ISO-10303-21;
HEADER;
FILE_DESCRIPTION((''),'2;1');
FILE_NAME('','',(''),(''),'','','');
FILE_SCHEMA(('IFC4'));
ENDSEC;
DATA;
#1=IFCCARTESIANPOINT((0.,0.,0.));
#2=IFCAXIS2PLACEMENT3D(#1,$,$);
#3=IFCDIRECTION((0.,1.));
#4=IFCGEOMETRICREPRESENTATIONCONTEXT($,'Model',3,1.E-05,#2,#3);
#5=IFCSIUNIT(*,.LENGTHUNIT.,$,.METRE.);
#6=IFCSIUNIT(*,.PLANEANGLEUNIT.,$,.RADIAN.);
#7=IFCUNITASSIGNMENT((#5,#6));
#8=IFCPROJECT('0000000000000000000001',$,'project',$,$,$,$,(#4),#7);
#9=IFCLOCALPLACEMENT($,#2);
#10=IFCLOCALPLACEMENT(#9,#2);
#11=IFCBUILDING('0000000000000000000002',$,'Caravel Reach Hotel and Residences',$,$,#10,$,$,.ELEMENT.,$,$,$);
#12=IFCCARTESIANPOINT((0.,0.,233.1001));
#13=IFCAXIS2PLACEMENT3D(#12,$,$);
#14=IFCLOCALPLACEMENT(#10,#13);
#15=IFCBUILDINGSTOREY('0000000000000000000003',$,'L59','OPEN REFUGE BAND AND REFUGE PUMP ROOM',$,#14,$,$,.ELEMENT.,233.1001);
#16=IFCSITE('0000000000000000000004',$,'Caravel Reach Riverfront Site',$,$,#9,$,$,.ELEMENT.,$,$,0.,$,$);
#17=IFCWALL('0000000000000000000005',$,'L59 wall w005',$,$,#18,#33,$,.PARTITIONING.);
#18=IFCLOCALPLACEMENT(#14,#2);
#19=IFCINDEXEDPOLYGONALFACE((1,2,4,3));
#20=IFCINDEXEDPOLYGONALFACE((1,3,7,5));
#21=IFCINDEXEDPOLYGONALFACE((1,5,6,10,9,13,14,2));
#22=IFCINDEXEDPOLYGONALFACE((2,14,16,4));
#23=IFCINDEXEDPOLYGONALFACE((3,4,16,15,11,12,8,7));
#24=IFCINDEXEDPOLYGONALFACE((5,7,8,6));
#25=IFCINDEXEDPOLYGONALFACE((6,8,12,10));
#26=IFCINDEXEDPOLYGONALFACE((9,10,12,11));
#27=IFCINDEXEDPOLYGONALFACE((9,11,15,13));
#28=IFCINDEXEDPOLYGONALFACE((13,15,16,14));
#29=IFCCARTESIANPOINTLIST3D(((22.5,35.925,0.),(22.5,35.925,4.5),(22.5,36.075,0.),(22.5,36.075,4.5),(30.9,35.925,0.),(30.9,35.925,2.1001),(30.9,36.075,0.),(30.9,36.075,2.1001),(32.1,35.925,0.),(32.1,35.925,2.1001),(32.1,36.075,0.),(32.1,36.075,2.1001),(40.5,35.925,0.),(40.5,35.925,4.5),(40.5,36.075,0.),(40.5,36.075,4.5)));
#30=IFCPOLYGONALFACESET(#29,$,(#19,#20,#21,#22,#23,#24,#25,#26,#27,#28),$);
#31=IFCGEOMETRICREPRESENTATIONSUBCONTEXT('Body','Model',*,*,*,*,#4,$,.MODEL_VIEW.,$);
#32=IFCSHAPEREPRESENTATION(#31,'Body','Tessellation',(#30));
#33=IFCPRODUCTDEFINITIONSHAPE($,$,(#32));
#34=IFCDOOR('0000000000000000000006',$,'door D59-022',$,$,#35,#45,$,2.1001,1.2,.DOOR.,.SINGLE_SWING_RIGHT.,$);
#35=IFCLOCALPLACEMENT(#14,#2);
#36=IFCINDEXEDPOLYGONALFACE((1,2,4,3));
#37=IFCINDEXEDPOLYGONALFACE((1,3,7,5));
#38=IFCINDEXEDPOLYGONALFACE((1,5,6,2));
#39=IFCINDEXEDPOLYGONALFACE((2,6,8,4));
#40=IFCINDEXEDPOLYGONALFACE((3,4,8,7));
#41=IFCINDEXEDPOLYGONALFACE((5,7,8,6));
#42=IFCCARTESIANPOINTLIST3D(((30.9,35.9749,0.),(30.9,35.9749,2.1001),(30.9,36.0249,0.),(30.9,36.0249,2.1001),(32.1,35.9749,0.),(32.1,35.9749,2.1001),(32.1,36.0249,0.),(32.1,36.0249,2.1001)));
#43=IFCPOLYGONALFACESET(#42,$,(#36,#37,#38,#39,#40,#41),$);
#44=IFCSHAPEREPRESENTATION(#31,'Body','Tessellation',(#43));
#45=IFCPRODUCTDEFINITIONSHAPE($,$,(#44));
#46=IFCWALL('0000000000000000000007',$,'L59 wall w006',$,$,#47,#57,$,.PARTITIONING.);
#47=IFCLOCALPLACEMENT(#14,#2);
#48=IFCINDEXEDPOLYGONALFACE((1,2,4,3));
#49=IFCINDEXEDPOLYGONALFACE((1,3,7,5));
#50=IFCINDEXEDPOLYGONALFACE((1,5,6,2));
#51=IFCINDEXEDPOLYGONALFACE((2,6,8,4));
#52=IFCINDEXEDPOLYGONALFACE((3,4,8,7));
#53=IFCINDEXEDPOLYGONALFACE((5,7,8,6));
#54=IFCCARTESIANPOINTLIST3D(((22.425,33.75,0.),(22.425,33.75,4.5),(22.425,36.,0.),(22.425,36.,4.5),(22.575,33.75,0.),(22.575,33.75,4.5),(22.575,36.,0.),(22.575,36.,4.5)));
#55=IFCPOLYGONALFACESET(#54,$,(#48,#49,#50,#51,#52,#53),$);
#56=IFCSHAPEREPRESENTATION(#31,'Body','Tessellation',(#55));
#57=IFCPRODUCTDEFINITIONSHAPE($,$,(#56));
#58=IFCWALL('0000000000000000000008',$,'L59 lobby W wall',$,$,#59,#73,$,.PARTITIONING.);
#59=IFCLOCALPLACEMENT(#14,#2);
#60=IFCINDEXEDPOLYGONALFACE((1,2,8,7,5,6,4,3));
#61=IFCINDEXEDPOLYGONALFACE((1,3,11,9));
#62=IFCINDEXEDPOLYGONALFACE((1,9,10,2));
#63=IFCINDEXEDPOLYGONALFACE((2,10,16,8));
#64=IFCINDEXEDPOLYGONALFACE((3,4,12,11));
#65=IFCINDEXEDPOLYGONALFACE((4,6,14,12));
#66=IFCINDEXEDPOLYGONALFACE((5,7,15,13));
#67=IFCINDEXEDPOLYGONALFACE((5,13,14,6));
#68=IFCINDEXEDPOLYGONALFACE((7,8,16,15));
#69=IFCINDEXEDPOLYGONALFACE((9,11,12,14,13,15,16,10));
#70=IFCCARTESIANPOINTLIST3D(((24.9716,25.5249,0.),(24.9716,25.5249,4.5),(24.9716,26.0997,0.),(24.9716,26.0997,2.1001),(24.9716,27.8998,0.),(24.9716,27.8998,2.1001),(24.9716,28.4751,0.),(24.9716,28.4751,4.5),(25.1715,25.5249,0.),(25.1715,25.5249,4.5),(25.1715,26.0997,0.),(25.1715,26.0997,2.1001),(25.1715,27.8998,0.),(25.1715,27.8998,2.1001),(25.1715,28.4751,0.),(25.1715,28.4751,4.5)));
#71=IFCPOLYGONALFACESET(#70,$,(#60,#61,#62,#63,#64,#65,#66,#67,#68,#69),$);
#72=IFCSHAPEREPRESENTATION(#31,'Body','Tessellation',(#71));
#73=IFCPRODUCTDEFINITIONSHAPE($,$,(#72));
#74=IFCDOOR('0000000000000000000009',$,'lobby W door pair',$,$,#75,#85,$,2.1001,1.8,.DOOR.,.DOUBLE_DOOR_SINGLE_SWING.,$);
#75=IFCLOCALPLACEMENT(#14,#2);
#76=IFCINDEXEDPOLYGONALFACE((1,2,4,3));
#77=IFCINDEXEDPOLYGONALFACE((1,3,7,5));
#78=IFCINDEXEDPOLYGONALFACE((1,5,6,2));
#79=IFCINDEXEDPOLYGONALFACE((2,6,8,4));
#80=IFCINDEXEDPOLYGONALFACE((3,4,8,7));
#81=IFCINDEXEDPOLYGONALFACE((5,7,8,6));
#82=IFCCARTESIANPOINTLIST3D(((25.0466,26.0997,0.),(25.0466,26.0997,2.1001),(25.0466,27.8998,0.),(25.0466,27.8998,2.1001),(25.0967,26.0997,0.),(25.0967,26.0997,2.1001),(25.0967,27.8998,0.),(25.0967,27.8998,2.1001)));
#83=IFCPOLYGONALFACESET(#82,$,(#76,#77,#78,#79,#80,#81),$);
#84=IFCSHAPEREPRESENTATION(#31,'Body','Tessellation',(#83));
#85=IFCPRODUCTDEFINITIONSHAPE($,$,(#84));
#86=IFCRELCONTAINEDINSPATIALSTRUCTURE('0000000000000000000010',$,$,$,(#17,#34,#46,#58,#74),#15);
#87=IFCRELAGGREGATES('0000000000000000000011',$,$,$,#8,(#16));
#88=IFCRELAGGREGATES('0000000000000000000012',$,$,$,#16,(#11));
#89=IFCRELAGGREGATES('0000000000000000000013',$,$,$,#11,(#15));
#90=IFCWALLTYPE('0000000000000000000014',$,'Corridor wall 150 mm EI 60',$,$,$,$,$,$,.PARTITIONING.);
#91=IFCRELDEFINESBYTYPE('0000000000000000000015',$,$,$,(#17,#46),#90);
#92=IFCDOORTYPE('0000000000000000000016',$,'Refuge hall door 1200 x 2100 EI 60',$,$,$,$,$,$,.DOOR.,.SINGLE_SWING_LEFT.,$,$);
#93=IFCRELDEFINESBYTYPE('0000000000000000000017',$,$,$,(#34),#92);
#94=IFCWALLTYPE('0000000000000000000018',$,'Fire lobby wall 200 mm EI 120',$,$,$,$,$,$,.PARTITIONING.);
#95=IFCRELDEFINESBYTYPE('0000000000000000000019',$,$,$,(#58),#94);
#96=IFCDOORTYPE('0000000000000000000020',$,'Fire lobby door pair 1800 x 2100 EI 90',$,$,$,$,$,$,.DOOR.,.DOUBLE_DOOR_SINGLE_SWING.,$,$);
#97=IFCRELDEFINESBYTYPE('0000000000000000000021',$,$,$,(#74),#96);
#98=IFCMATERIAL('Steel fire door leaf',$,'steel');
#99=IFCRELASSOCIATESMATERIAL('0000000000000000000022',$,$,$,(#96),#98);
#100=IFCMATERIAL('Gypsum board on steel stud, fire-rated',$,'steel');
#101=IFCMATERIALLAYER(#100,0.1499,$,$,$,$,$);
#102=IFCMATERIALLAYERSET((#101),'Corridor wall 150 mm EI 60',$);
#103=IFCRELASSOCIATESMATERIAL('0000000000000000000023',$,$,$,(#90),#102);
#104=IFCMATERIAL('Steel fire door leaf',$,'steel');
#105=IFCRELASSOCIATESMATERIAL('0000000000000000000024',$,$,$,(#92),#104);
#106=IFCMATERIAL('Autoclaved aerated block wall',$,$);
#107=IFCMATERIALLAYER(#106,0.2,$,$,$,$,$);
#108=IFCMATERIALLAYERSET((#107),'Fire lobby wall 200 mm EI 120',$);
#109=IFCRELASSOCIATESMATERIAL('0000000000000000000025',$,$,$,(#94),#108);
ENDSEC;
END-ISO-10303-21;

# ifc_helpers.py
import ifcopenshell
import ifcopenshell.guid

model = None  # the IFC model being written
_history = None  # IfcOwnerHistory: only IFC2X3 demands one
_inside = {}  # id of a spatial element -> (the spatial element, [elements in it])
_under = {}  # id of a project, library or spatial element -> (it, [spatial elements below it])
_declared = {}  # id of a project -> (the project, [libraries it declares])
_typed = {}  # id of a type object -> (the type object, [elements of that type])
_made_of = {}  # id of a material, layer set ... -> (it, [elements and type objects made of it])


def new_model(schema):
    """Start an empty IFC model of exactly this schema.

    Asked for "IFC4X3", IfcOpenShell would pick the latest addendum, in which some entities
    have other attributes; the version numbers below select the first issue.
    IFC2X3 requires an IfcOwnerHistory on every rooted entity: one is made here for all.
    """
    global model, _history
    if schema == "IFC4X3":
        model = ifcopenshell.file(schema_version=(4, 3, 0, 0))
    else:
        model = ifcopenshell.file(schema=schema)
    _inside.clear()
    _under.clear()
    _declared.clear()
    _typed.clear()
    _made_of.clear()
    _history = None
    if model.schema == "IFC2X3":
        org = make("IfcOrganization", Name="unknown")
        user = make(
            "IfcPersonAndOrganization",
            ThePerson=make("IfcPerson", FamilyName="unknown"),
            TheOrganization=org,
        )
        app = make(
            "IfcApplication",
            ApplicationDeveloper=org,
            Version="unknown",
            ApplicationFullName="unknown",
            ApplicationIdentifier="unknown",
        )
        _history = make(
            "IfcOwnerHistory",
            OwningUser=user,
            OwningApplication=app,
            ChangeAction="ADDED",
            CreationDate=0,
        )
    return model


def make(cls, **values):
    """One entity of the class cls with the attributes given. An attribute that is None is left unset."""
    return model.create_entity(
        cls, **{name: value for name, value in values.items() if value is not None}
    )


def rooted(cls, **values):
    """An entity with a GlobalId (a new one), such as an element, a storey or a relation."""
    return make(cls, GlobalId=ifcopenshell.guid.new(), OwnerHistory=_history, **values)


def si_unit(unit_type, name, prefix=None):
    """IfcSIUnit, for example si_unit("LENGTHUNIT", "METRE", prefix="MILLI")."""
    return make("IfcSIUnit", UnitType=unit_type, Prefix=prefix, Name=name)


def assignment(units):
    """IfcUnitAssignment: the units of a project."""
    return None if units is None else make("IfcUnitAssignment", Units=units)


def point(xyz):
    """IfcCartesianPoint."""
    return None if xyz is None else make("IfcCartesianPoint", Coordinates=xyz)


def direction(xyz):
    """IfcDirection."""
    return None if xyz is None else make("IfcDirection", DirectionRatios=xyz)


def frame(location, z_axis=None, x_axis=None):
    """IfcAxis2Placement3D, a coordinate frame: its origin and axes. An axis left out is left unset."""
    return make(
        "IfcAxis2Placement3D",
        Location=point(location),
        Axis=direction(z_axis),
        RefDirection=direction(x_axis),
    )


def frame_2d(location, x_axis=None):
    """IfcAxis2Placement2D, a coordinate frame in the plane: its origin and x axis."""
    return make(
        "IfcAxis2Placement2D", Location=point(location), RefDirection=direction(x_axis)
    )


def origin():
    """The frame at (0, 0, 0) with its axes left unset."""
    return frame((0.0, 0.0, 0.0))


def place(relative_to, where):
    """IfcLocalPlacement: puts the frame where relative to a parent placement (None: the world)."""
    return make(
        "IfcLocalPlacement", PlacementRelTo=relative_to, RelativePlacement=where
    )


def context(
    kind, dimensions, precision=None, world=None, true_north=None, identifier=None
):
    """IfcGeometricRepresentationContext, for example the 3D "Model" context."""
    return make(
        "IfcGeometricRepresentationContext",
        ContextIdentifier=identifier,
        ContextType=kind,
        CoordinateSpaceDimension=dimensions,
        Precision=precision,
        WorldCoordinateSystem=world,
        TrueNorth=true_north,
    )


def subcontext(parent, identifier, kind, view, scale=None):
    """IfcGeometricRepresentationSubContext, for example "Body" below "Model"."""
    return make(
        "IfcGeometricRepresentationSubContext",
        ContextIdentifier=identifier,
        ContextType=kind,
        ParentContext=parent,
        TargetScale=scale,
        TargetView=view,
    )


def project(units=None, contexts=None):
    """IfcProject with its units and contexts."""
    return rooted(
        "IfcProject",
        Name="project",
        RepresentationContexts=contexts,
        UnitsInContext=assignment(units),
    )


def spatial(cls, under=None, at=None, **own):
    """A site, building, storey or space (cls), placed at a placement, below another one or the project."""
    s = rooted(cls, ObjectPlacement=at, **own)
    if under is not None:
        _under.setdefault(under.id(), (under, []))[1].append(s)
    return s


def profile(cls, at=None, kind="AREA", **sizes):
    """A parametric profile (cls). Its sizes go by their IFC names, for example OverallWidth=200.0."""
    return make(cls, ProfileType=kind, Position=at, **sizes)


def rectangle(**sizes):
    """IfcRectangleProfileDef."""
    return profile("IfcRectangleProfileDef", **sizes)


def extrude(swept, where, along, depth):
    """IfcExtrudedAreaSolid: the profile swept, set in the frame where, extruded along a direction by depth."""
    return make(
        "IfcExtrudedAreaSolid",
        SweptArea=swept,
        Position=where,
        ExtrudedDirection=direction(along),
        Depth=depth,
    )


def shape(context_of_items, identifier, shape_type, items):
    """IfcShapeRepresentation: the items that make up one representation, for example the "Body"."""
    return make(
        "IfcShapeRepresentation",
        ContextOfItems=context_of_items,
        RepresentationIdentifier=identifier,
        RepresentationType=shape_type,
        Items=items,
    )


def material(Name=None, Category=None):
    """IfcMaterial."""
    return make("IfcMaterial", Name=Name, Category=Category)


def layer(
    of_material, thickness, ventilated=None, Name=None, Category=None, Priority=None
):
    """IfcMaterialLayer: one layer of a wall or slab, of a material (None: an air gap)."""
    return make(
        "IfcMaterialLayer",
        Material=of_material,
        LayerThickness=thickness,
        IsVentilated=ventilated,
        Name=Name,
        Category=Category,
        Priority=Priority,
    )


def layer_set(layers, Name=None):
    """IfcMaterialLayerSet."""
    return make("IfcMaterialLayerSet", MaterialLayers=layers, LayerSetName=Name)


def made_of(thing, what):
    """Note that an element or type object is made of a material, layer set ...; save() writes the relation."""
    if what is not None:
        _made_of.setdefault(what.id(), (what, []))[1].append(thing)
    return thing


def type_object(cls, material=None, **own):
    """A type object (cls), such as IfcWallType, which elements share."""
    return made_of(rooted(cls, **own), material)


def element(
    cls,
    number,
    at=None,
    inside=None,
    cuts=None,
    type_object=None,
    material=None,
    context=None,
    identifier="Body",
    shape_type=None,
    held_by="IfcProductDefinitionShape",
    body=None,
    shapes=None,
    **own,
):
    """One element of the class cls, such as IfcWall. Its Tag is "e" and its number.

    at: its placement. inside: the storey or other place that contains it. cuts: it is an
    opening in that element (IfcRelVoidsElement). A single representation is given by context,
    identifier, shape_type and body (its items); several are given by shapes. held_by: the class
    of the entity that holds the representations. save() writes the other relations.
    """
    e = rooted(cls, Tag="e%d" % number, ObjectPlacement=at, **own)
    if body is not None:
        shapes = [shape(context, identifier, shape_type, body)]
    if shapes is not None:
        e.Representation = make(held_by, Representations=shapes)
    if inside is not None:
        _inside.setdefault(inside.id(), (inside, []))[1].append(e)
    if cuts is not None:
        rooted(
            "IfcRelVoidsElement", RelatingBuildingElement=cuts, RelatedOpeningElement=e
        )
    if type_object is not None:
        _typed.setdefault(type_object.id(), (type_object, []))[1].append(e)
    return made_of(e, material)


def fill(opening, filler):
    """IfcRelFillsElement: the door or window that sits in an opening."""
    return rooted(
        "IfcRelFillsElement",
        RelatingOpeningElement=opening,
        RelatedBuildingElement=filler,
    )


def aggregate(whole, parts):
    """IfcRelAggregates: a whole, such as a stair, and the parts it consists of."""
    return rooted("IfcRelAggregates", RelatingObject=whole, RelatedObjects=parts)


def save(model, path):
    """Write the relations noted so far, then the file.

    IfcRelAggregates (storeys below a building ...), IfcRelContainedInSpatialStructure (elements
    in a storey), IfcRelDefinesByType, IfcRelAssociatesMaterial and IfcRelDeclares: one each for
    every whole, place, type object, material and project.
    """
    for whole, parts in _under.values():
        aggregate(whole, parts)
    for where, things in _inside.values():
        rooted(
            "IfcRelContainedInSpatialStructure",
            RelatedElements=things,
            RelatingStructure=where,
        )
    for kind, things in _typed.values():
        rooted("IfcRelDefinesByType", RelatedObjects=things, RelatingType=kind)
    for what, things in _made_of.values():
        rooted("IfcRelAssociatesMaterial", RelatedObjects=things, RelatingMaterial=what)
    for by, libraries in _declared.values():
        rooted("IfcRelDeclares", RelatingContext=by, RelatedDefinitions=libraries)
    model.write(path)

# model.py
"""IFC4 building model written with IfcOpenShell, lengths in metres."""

from ifc_helpers import new_model, si_unit, direction, frame, frame_2d, origin, place, context, subcontext, project, spatial, rectangle, extrude, material, layer, layer_set, type_object, element, fill, save


model = new_model("IFC4")

# Units and contexts
model_context = context("Model", 3, precision=1e-05, world=origin(), true_north=direction((0.0, 1.0)))
body_context = subcontext(model_context, "Body", "Model", "MODEL_VIEW")
ifc_project = project(units=[si_unit("LENGTHUNIT", "METRE"), si_unit("PLANEANGLEUNIT", "RADIAN")], contexts=[model_context])

# Site, building, storey
site_placement = place(None, origin())
site = spatial("IfcSite", under=ifc_project, at=site_placement, Name="Caravel Reach Riverfront Site", CompositionType="ELEMENT", RefElevation=0.0)
building_placement = place(site_placement, origin())
building = spatial("IfcBuilding", under=site, at=building_placement, Name="Caravel Reach Hotel and Residences", CompositionType="ELEMENT")
storey_placement = place(building_placement, frame((0.0, 0.0, 233.1001)))
storey = spatial("IfcBuildingStorey", under=building, at=storey_placement, Name="L59", Description="OPEN REFUGE BAND AND REFUGE PUMP ROOM", CompositionType="ELEMENT", Elevation=233.1001)

# Shared definitions
ifc_material_1 = material(Name="Steel fire door leaf", Category="steel")
door_type_1 = type_object("IfcDoorType", Name="Fire lobby door pair 1800 x 2100 EI 90", OperationType="DOUBLE_DOOR_SINGLE_SWING", PredefinedType="DOOR", material=ifc_material_1)

# Wall, opening, door
ifc_material_2 = material(Name="Gypsum board on steel stud, fire-rated", Category="steel")
ifc_layer_1 = layer(ifc_material_2, 0.1499)
ifc_layer_set_1 = layer_set([ifc_layer_1], Name="Corridor wall 150 mm EI 60")
wall_type_1 = type_object("IfcWallType", Name="Corridor wall 150 mm EI 60", PredefinedType="PARTITIONING", material=ifc_layer_set_1)
wall_1_placement = place(storey_placement, frame((22.5, 36.0, 0.0), z_axis=(0.0, 0.0, 1.0), x_axis=(1.0, 0.0, 0.0)))
wall_1 = element("IfcWall", 1, at=wall_1_placement, inside=storey, type_object=wall_type_1, Name="L59 wall w005", PredefinedType="PARTITIONING", context=body_context, shape_type="SweptSolid", body=[
    extrude(rectangle(XDim=18.0, YDim=0.1499, at=frame_2d((9.0, 0.0))), origin(), (0.0, 0.0, 1.0), 4.5),
])
opening_1_placement = place(wall_1_placement, frame((8.3999, 0.0, 0.0)))
opening_1 = element("IfcOpeningElement", 2, at=opening_1_placement, cuts=wall_1, PredefinedType="OPENING", context=body_context, shape_type="SweptSolid", body=[
    extrude(rectangle(XDim=1.2, YDim=2.1001, at=frame_2d((0.6001, 1.05))), frame((0.0, 0.085, 0.0), z_axis=(0.0, -1.0, 0.0), x_axis=(1.0, 0.0, 0.0)), (0.0, 0.0, 1.0), 0.1699),
])
ifc_material_3 = material(Name="Steel fire door leaf", Category="steel")
door_type_2 = type_object("IfcDoorType", Name="Refuge hall door 1200 x 2100 EI 60", OperationType="SINGLE_SWING_LEFT", PredefinedType="DOOR", material=ifc_material_3)
door_1_placement = place(opening_1_placement, origin())
door_1 = element("IfcDoor", 3, at=door_1_placement, inside=storey, type_object=door_type_2, Name="door D59-022", OperationType="SINGLE_SWING_RIGHT", OverallHeight=2.1001, OverallWidth=1.2, PredefinedType="DOOR", context=body_context, shape_type="SweptSolid", body=[
    extrude(rectangle(XDim=1.2, YDim=2.1001, at=frame_2d((0.6001, 1.05))), frame((0.0, 0.0249, 0.0), z_axis=(0.0, -1.0, 0.0), x_axis=(1.0, 0.0, 0.0)), (0.0, 0.0, 1.0), 0.05),
])
fill(opening_1, door_1)

# Wall
wall_2_placement = place(storey_placement, frame((22.5, 33.75, 0.0), z_axis=(0.0, 0.0, 1.0), x_axis=(0.0, 1.0, 0.0)))
element("IfcWall", 4, at=wall_2_placement, inside=storey, type_object=wall_type_1, Name="L59 wall w006", PredefinedType="PARTITIONING", context=body_context, shape_type="SweptSolid", body=[
    extrude(rectangle(XDim=2.25, YDim=0.1499, at=frame_2d((1.125, 0.0))), origin(), (0.0, 0.0, 1.0), 4.5),
])

# Wall, opening, door
ifc_material_4 = material(Name="Autoclaved aerated block wall")
ifc_layer_2 = layer(ifc_material_4, 0.2)
ifc_layer_set_2 = layer_set([ifc_layer_2], Name="Fire lobby wall 200 mm EI 120")
wall_type_2 = type_object("IfcWallType", Name="Fire lobby wall 200 mm EI 120", PredefinedType="PARTITIONING", material=ifc_layer_set_2)
wall_3_placement = place(storey_placement, frame((25.0715, 25.5249, 0.0), z_axis=(0.0, 0.0, 1.0), x_axis=(0.0, 1.0, 0.0)))
wall_3 = element("IfcWall", 5, at=wall_3_placement, inside=storey, type_object=wall_type_2, Name="L59 lobby W wall", PredefinedType="PARTITIONING", context=body_context, shape_type="SweptSolid", body=[
    extrude(rectangle(XDim=2.9502, YDim=0.2, at=frame_2d((1.4751, 0.0))), origin(), (0.0, 0.0, 1.0), 4.5),
])
opening_2_placement = place(wall_3_placement, frame((0.575, 0.0, 0.0)))
opening_2 = element("IfcOpeningElement", 6, at=opening_2_placement, cuts=wall_3, PredefinedType="OPENING", context=body_context, shape_type="SweptSolid", body=[
    extrude(rectangle(XDim=1.8, YDim=2.1001, at=frame_2d((0.8999, 1.05))), frame((0.0, 0.1099, 0.0), z_axis=(0.0, -1.0, 0.0), x_axis=(1.0, 0.0, 0.0)), (0.0, 0.0, 1.0), 0.22),
])
door_2_placement = place(opening_2_placement, origin())
door_2 = element("IfcDoor", 7, at=door_2_placement, inside=storey, type_object=door_type_1, Name="lobby W door pair", OperationType="DOUBLE_DOOR_SINGLE_SWING", OverallHeight=2.1001, OverallWidth=1.8, PredefinedType="DOOR", context=body_context, shape_type="SweptSolid", body=[
    extrude(rectangle(XDim=1.8, YDim=2.1001, at=frame_2d((0.8999, 1.05))), frame((0.0, 0.0249, 0.0), z_axis=(0.0, -1.0, 0.0), x_axis=(1.0, 0.0, 0.0)), (0.0, 0.0, 1.0), 0.05),
])
fill(opening_2, door_2)

save(model, "model.ifc")
